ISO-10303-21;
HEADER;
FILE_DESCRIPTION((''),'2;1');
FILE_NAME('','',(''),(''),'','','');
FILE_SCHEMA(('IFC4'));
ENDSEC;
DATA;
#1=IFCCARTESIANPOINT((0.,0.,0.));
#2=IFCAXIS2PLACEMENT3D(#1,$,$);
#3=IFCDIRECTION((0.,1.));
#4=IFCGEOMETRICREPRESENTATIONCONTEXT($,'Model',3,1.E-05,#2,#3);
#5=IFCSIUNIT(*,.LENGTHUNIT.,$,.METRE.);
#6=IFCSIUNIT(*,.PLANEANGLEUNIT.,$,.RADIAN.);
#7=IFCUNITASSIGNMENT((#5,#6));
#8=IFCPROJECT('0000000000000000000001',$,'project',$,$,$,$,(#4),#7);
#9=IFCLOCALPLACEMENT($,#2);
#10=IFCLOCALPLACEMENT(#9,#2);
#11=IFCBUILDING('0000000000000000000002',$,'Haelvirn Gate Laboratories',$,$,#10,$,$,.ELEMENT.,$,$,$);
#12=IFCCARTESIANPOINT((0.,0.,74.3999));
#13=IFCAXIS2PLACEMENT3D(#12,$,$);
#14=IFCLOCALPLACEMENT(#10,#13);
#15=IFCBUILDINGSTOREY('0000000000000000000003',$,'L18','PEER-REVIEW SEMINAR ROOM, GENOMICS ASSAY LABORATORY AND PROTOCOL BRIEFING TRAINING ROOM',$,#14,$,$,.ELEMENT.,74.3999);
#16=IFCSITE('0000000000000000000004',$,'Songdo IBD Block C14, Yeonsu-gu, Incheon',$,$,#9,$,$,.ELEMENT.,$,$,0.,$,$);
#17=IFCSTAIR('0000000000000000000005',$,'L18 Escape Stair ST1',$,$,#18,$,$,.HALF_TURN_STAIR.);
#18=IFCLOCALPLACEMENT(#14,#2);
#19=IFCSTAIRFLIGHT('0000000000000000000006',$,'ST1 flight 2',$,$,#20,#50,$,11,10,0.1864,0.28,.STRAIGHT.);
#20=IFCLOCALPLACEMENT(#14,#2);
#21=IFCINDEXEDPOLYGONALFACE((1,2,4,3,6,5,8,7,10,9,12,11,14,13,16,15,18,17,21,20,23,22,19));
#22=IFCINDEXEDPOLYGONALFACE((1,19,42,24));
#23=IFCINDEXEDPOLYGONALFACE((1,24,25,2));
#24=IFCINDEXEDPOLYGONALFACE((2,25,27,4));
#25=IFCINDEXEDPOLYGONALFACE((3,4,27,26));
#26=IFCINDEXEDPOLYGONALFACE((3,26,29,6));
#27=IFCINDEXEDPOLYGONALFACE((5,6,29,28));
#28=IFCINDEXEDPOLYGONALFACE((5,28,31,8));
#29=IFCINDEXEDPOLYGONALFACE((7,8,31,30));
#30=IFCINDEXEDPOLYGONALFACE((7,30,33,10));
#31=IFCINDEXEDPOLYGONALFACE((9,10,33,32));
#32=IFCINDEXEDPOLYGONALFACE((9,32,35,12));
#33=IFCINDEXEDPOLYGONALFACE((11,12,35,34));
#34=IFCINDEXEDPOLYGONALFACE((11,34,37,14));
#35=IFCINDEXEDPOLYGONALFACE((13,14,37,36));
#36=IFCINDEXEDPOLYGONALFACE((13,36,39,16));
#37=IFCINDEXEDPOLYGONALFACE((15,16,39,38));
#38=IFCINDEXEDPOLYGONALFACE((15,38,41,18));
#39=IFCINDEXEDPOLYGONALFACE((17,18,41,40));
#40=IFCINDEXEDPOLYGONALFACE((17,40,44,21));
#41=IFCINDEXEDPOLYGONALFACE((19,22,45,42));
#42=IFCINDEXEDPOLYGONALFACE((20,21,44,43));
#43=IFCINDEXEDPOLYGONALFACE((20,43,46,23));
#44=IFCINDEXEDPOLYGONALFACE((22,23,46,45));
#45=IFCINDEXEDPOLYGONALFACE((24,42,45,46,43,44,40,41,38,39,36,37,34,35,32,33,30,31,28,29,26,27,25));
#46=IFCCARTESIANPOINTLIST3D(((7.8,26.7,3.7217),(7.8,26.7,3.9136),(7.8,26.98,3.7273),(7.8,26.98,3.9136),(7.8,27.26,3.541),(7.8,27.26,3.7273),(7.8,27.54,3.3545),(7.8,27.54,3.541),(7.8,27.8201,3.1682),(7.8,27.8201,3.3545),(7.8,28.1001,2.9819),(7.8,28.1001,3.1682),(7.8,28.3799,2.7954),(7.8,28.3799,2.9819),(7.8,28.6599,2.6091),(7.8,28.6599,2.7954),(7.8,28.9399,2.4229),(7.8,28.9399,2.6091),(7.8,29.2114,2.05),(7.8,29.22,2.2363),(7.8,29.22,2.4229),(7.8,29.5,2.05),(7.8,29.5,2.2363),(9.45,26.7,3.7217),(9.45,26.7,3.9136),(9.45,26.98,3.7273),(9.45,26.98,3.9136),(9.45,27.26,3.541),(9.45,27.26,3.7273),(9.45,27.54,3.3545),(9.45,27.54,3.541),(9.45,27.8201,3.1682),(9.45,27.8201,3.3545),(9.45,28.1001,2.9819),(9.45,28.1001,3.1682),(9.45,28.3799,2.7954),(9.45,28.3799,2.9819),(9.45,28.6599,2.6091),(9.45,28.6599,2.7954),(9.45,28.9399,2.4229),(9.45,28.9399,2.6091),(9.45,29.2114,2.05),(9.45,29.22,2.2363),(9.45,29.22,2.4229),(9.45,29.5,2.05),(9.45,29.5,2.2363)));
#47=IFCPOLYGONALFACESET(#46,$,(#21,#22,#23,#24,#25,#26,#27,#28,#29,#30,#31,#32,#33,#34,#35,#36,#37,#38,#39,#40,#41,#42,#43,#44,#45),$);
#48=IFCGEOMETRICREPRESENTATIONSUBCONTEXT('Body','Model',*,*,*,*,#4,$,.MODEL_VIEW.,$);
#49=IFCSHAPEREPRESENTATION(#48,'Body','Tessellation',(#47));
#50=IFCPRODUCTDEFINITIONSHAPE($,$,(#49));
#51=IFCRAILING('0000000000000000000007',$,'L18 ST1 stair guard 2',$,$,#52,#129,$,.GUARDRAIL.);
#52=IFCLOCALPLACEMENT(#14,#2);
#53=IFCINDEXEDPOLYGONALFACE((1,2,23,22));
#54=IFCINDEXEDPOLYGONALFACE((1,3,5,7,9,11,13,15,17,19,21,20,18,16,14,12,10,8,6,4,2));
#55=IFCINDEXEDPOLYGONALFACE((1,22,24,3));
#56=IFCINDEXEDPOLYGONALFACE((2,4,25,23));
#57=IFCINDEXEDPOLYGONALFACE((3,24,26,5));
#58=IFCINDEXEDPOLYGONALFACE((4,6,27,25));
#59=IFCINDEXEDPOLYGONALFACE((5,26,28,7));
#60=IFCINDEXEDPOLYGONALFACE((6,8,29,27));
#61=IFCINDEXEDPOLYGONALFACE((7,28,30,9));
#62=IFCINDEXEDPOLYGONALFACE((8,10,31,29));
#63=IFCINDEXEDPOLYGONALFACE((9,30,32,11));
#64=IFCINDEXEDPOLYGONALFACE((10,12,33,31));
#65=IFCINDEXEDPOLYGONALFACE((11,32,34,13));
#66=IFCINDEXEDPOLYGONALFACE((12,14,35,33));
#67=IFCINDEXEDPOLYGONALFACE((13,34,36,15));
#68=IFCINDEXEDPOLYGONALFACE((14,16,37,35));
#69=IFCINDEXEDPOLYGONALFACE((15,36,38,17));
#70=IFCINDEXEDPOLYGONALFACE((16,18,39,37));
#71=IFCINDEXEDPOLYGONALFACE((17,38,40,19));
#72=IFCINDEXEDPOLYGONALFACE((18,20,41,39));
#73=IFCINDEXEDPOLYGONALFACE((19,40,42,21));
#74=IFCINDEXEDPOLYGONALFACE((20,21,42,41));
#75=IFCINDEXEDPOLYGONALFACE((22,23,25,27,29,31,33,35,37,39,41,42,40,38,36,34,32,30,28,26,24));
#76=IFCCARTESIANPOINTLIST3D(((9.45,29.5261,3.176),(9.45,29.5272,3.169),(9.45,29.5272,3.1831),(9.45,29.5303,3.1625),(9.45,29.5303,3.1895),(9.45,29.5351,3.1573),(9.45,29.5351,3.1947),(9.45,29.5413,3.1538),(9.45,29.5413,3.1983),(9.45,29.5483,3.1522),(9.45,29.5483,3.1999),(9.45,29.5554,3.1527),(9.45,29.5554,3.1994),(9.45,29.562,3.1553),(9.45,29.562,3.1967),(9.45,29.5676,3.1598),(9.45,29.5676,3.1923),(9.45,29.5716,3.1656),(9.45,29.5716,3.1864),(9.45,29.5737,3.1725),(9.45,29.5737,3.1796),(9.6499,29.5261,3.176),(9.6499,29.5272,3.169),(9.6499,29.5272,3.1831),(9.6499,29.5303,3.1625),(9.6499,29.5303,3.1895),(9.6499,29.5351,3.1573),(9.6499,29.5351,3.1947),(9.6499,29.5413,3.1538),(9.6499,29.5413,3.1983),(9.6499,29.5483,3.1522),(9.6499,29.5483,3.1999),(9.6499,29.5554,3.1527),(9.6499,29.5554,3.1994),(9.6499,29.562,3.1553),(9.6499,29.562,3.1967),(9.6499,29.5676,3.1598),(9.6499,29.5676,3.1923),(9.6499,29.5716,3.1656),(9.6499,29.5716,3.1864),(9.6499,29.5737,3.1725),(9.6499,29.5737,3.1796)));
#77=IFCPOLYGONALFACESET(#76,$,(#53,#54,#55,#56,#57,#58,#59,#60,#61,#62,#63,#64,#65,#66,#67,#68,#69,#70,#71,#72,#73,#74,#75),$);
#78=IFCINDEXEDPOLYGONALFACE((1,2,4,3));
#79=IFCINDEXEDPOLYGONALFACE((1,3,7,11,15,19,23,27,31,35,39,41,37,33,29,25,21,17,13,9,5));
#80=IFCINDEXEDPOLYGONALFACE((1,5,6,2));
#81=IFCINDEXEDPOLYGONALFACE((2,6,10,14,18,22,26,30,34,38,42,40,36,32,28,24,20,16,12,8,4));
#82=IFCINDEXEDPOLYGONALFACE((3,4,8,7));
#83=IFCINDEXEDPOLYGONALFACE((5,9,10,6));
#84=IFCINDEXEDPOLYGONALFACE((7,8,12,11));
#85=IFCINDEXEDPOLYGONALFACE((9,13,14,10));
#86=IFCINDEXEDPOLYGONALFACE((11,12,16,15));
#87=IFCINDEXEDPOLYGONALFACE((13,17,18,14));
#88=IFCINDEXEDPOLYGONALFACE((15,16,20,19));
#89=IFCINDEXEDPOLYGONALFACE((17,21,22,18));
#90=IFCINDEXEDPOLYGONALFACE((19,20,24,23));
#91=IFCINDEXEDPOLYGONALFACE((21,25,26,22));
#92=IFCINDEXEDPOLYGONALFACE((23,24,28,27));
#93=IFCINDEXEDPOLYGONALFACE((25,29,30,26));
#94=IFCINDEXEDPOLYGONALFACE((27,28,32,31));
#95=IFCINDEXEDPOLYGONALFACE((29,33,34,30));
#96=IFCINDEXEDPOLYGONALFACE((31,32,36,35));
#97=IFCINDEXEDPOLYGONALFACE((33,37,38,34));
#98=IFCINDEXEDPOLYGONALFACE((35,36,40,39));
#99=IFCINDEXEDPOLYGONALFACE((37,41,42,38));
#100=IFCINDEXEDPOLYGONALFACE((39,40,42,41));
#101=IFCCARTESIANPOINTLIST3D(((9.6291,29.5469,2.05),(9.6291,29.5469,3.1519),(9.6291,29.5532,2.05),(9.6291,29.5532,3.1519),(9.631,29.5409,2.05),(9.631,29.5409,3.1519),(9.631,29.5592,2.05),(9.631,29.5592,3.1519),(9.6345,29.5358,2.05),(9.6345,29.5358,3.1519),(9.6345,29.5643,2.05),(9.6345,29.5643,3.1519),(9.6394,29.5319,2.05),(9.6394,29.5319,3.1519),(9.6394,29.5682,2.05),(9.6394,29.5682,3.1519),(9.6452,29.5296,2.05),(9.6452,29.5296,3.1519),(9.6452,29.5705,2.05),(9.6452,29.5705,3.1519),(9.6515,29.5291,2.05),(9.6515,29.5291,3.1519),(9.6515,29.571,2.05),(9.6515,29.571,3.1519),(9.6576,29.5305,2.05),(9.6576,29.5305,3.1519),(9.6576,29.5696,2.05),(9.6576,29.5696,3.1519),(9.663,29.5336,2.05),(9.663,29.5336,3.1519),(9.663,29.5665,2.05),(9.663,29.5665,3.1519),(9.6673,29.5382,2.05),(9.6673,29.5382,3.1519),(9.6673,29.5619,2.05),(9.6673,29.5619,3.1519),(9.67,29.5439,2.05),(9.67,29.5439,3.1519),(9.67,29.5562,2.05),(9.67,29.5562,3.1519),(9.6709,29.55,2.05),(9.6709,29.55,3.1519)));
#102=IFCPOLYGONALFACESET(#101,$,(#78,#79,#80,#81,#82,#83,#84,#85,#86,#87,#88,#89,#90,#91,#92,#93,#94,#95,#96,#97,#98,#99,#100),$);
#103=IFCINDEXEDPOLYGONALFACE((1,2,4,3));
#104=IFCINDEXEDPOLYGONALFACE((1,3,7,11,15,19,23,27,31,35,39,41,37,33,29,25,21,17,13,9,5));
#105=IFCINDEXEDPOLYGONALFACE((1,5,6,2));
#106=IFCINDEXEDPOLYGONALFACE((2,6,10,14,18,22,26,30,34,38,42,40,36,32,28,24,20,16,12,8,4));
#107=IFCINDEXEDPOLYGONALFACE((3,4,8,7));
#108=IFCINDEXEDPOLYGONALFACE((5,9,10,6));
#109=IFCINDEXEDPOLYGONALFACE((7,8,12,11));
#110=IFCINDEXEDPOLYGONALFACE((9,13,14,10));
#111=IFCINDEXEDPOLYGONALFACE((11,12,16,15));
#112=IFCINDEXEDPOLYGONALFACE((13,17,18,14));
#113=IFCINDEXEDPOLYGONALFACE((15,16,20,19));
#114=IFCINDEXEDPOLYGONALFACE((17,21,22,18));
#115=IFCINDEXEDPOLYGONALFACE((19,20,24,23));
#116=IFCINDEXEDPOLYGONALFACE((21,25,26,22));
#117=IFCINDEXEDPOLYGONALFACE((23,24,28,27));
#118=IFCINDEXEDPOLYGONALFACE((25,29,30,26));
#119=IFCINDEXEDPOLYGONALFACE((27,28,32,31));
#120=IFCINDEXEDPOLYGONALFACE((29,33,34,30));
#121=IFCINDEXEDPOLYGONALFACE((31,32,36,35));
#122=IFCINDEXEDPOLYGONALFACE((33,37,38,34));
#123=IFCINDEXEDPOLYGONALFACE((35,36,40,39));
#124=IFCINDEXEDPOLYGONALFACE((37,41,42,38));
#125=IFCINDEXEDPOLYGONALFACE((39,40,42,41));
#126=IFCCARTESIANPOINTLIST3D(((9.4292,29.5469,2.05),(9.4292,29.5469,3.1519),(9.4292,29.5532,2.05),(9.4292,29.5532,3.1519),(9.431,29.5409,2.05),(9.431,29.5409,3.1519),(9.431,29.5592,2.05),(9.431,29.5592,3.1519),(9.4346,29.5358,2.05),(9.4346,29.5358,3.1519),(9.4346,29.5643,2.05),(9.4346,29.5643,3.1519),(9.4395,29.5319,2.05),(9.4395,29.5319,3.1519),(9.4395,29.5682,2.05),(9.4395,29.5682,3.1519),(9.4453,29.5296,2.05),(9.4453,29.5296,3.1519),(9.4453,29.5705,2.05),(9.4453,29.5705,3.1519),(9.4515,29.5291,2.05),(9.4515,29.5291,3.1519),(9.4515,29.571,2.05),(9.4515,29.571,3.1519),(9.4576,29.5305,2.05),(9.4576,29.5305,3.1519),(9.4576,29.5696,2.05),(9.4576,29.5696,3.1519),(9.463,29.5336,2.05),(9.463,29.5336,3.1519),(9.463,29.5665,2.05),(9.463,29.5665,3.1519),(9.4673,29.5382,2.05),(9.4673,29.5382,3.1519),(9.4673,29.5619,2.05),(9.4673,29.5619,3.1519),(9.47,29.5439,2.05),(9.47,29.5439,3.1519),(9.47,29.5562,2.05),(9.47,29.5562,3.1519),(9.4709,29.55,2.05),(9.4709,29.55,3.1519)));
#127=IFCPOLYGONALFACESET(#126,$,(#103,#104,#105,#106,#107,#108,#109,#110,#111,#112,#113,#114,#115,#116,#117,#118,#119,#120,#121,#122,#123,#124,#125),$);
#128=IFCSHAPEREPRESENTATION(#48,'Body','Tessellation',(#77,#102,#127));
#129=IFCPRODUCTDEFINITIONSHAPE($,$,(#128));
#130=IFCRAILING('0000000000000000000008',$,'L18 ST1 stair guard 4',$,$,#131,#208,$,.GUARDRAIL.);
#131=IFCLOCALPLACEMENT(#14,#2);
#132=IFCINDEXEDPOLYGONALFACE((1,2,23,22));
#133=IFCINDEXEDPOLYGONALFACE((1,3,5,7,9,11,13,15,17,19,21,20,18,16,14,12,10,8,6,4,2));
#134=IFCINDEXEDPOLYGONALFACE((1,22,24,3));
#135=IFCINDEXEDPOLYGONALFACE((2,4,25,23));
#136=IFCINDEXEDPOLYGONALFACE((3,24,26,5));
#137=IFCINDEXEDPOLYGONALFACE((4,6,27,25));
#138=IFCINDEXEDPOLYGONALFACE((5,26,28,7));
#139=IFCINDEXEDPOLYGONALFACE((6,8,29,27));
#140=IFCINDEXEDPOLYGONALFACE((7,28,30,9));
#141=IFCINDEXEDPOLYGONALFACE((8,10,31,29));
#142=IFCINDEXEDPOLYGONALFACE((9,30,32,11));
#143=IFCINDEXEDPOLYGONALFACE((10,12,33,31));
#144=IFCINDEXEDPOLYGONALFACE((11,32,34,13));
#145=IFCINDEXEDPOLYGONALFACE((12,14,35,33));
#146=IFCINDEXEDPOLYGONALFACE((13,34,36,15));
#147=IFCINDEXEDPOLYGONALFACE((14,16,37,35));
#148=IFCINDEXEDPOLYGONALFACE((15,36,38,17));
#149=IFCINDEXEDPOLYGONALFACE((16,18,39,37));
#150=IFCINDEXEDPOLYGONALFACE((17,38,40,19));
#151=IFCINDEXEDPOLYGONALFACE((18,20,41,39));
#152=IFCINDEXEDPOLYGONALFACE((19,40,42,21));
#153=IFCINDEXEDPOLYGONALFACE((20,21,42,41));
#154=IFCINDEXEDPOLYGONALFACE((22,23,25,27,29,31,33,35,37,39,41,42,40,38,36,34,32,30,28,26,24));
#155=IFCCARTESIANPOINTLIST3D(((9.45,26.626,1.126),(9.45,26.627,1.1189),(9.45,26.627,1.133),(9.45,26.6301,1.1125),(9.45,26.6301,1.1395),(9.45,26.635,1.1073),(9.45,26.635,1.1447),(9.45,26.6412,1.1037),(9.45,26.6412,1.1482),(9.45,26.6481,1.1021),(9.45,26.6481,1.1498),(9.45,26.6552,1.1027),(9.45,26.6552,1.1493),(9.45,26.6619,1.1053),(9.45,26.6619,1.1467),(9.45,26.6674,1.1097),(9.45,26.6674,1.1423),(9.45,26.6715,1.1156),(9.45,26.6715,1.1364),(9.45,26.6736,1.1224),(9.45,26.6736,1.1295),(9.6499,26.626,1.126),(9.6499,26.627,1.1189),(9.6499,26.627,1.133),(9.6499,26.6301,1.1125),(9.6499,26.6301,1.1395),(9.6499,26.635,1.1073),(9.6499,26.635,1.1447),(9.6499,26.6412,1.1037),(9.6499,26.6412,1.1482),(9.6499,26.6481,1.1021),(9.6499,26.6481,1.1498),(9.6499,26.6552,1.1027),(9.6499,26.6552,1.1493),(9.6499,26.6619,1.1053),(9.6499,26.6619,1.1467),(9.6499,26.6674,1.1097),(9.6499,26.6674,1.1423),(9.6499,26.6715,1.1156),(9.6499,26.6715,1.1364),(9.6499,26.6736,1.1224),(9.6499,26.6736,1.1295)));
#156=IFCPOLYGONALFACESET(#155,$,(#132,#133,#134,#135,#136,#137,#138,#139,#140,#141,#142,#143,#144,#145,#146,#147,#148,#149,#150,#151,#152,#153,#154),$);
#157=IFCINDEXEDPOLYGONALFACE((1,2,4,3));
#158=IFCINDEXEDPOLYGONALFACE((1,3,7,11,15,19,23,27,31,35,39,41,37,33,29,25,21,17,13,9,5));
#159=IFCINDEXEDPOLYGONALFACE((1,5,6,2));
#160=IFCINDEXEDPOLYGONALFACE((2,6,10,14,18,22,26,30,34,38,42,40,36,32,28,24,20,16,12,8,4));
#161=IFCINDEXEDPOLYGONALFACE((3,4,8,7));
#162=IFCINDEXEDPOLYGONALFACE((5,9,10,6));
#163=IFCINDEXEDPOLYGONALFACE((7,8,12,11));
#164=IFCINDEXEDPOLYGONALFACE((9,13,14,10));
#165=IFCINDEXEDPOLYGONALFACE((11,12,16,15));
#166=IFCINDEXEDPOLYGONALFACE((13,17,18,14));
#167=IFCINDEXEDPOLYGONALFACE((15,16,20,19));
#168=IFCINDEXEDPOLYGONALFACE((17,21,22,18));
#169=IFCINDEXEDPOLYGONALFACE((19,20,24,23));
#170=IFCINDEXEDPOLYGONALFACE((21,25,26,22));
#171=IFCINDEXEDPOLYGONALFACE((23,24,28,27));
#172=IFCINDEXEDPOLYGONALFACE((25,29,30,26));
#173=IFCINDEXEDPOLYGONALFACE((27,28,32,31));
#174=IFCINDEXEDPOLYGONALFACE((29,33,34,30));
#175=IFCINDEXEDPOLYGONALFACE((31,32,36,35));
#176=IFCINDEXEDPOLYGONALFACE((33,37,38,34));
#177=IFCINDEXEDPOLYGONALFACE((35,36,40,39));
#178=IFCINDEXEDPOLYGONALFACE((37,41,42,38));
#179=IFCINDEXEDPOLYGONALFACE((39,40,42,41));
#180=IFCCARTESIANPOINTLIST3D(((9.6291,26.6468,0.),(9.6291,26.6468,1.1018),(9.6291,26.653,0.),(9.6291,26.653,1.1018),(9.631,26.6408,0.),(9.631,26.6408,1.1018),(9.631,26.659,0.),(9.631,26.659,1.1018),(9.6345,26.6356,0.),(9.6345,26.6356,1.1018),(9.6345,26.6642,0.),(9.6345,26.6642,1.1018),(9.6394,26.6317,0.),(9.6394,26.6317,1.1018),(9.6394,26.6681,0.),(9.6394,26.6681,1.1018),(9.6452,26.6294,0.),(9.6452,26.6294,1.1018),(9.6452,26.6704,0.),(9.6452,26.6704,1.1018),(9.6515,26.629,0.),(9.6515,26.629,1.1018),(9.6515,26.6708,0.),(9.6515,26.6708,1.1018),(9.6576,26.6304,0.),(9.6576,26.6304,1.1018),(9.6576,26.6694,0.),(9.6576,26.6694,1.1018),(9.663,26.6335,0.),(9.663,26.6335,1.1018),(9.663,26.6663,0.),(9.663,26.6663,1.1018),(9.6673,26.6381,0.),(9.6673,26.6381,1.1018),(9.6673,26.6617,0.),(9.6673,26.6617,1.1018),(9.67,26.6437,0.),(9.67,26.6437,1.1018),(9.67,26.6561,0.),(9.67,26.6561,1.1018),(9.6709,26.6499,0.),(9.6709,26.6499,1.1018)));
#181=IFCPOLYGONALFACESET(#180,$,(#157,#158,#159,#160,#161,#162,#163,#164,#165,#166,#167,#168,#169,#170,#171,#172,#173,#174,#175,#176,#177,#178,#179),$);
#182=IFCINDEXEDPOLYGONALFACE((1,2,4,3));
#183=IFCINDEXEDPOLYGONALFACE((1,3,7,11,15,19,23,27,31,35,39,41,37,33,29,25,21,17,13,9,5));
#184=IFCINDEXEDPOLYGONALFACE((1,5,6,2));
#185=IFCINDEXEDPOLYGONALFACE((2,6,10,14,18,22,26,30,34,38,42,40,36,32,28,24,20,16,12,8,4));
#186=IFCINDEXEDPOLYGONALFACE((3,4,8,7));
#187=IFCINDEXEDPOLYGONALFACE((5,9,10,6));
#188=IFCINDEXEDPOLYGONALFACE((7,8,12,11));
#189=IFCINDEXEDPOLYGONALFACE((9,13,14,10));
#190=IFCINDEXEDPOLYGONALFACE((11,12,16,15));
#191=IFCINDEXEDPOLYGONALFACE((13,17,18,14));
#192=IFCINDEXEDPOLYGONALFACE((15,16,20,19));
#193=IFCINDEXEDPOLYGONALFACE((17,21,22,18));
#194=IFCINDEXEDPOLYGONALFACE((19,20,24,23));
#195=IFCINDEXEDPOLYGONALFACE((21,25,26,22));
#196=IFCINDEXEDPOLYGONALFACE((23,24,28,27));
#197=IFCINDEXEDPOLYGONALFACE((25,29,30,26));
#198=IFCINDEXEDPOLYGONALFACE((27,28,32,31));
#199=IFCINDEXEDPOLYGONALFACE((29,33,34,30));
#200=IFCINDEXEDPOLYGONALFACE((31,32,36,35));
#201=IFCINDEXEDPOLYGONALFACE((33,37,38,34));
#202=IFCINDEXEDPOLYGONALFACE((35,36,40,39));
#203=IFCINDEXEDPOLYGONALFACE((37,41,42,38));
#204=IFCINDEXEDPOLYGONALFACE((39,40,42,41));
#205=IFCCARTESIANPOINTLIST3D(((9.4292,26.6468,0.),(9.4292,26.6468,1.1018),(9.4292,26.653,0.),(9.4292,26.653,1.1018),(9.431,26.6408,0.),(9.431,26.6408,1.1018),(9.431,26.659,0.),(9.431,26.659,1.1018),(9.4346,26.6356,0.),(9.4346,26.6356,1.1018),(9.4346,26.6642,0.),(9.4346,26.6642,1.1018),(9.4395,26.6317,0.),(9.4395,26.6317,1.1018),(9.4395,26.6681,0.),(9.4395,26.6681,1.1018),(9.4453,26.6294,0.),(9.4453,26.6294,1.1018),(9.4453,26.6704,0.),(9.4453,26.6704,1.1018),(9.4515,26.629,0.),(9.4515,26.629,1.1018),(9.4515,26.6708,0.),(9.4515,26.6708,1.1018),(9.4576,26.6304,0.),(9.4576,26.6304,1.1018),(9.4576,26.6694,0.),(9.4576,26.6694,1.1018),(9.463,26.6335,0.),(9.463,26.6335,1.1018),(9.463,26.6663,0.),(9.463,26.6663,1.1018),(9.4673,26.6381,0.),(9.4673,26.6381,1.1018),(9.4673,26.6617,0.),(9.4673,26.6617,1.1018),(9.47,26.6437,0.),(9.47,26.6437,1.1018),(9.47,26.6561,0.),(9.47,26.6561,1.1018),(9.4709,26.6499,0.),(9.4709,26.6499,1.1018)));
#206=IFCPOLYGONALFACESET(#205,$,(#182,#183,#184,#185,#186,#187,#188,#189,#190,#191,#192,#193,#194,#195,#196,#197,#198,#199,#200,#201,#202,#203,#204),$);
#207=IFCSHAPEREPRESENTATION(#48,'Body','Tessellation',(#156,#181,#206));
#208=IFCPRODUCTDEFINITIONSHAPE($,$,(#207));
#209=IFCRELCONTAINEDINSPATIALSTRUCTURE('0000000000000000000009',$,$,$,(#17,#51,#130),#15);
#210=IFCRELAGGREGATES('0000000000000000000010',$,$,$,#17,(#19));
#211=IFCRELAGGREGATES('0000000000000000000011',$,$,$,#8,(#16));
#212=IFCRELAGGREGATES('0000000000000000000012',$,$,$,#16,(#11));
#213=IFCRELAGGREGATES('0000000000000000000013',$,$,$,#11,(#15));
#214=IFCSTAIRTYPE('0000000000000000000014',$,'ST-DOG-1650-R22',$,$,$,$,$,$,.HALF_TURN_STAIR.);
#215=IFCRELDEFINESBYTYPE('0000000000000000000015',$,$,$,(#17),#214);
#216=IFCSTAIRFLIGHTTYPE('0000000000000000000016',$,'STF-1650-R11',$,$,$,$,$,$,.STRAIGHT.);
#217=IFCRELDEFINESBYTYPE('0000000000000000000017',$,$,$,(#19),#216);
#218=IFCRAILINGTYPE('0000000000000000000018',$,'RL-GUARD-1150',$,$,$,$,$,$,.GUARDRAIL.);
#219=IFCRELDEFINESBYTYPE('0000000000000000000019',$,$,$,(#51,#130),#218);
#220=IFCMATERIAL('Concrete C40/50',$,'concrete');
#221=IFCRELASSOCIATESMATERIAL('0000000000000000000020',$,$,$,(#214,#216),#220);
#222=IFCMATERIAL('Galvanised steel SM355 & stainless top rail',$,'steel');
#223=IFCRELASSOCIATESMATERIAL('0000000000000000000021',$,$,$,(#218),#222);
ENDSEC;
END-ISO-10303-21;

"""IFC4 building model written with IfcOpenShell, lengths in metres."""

from ifc_helpers import new_model, si_unit, direction, frame, origin, origin_2d, place, context, subcontext, project, spatial, polyline, circle, outline, extrude, source, transform, mapped, material, type_object, type_shapes, element, aggregate, save


model = new_model("IFC4")

# Units and contexts
model_context = context("Model", 3, precision=1e-05, world=origin(), true_north=direction((0.0, 1.0)))
body_context = subcontext(model_context, "Body", "Model", "MODEL_VIEW")
ifc_project = project(units=[si_unit("LENGTHUNIT", "METRE"), si_unit("PLANEANGLEUNIT", "RADIAN")], contexts=[model_context])

# Site, building, storey
site_placement = place(None, origin())
site = spatial("IfcSite", under=ifc_project, at=site_placement, Name="Songdo IBD Block C14, Yeonsu-gu, Incheon", CompositionType="ELEMENT", RefElevation=0.0)
building_placement = place(site_placement, origin())
building = spatial("IfcBuilding", under=site, at=building_placement, Name="Haelvirn Gate Laboratories", CompositionType="ELEMENT")
storey_placement = place(building_placement, frame((0.0, 0.0, 74.3999)))
storey = spatial("IfcBuildingStorey", under=building, at=storey_placement, Name="L18", Description="PEER-REVIEW SEMINAR ROOM, GENOMICS ASSAY LABORATORY AND PROTOCOL BRIEFING TRAINING ROOM", CompositionType="ELEMENT", Elevation=74.3999)

# Shared definitions
ifc_material_1 = material(Name="Concrete C40/50", Category="concrete")

# Stair, stair flight
stair_type = type_object("IfcStairType", Name="ST-DOG-1650-R22", PredefinedType="HALF_TURN_STAIR", material=ifc_material_1)
stair_placement = place(storey_placement, origin())
stair = element("IfcStair", 1, at=stair_placement, inside=storey, type_object=stair_type, Name="L18 Escape Stair ST1", PredefinedType="HALF_TURN_STAIR")
stair_flight_type = type_object("IfcStairFlightType", Name="STF-1650-R11", PredefinedType="STRAIGHT", material=ifc_material_1)
shared_shape_1 = source(origin(), body_context, "Body", "SweptSolid", [
    extrude(outline(polyline([(0.0, 0.0), (0.0, 0.1863), (0.28, 0.1863), (0.28, 0.3728), (0.5601, 0.3728), (0.5601, 0.5591), (0.8401, 0.5591), (0.8401, 0.7454), (1.1201, 0.7454), (1.1201, 0.9319), (1.3999, 0.9319), (1.3999, 1.1182), (1.6799, 1.1182), (1.6799, 1.3044), (1.96, 1.3044), (1.96, 1.491), (2.24, 1.491), (2.24, 1.6772), (2.52, 1.6772), (2.52, 1.8635), (2.8, 1.8635), (2.8, 2.05), (2.8, 1.6716), (0.2886, 0.0), (0.0, 0.0)])), frame((0.0, 0.825, 0.0), z_axis=(0.0, -1.0, 0.0), x_axis=(1.0, 0.0, 0.0)), (0.0, 0.0, 1.0), 1.6499),
])
type_shapes(stair_flight_type, [shared_shape_1])
stair_flight_1_placement = place(storey_placement, frame((8.625, 29.5, 2.05), z_axis=(0.0, 0.0, 1.0), x_axis=(0.0, -1.0, 0.0)))
stair_flight_1 = element("IfcStairFlight", 2, at=stair_flight_1_placement, type_object=stair_flight_type, Name="ST1 flight 2", NumberOfRisers=11, NumberOfTreads=10, PredefinedType="STRAIGHT", RiserHeight=0.1864, TreadLength=0.28, context=body_context, shape_type="MappedRepresentation", body=[
    mapped(shared_shape_1, transform((0.0, 0.0, 0.0), scale=1.0)),
])
aggregate(stair, [stair_flight_1])

# Railings
ifc_material_2 = material(Name="Galvanised steel SM355 & stainless top rail", Category="steel")
railing_type_1 = type_object("IfcRailingType", Name="RL-GUARD-1150", PredefinedType="GUARDRAIL", material=ifc_material_2)
shared_shape_2 = source(origin(), body_context, "Body", "SweptSolid", [
    extrude(circle(Radius=0.0239, at=origin_2d()), frame((0.0, 0.0, 1.126), z_axis=(-1.0, 0.0, 0.0), x_axis=(0.0, -1.0, 0.0)), (0.0, 0.0, 1.0), 0.2),
    extrude(circle(Radius=0.021, at=origin_2d()), origin(), (0.0, 0.0, 1.0), 1.1018),
    extrude(circle(Radius=0.021, at=origin_2d()), frame((-0.2, 0.0, 0.0)), (0.0, 0.0, 1.0), 1.1018),
])
for number, where, name in (
    (3, (9.6499, 29.55, 2.05), "L18 ST1 stair guard 2"),
    (4, (9.6499, 26.6499, 0.0), "L18 ST1 stair guard 4"),
):
    element("IfcRailing", number, at=place(storey_placement, frame(where)), inside=storey, type_object=railing_type_1, Name=name, PredefinedType="GUARDRAIL", context=body_context, shape_type="MappedRepresentation", body=[
        mapped(shared_shape_2, transform((0.0, 0.0, 0.0), scale=1.0)),
    ])

save(model, "model.ifc")
